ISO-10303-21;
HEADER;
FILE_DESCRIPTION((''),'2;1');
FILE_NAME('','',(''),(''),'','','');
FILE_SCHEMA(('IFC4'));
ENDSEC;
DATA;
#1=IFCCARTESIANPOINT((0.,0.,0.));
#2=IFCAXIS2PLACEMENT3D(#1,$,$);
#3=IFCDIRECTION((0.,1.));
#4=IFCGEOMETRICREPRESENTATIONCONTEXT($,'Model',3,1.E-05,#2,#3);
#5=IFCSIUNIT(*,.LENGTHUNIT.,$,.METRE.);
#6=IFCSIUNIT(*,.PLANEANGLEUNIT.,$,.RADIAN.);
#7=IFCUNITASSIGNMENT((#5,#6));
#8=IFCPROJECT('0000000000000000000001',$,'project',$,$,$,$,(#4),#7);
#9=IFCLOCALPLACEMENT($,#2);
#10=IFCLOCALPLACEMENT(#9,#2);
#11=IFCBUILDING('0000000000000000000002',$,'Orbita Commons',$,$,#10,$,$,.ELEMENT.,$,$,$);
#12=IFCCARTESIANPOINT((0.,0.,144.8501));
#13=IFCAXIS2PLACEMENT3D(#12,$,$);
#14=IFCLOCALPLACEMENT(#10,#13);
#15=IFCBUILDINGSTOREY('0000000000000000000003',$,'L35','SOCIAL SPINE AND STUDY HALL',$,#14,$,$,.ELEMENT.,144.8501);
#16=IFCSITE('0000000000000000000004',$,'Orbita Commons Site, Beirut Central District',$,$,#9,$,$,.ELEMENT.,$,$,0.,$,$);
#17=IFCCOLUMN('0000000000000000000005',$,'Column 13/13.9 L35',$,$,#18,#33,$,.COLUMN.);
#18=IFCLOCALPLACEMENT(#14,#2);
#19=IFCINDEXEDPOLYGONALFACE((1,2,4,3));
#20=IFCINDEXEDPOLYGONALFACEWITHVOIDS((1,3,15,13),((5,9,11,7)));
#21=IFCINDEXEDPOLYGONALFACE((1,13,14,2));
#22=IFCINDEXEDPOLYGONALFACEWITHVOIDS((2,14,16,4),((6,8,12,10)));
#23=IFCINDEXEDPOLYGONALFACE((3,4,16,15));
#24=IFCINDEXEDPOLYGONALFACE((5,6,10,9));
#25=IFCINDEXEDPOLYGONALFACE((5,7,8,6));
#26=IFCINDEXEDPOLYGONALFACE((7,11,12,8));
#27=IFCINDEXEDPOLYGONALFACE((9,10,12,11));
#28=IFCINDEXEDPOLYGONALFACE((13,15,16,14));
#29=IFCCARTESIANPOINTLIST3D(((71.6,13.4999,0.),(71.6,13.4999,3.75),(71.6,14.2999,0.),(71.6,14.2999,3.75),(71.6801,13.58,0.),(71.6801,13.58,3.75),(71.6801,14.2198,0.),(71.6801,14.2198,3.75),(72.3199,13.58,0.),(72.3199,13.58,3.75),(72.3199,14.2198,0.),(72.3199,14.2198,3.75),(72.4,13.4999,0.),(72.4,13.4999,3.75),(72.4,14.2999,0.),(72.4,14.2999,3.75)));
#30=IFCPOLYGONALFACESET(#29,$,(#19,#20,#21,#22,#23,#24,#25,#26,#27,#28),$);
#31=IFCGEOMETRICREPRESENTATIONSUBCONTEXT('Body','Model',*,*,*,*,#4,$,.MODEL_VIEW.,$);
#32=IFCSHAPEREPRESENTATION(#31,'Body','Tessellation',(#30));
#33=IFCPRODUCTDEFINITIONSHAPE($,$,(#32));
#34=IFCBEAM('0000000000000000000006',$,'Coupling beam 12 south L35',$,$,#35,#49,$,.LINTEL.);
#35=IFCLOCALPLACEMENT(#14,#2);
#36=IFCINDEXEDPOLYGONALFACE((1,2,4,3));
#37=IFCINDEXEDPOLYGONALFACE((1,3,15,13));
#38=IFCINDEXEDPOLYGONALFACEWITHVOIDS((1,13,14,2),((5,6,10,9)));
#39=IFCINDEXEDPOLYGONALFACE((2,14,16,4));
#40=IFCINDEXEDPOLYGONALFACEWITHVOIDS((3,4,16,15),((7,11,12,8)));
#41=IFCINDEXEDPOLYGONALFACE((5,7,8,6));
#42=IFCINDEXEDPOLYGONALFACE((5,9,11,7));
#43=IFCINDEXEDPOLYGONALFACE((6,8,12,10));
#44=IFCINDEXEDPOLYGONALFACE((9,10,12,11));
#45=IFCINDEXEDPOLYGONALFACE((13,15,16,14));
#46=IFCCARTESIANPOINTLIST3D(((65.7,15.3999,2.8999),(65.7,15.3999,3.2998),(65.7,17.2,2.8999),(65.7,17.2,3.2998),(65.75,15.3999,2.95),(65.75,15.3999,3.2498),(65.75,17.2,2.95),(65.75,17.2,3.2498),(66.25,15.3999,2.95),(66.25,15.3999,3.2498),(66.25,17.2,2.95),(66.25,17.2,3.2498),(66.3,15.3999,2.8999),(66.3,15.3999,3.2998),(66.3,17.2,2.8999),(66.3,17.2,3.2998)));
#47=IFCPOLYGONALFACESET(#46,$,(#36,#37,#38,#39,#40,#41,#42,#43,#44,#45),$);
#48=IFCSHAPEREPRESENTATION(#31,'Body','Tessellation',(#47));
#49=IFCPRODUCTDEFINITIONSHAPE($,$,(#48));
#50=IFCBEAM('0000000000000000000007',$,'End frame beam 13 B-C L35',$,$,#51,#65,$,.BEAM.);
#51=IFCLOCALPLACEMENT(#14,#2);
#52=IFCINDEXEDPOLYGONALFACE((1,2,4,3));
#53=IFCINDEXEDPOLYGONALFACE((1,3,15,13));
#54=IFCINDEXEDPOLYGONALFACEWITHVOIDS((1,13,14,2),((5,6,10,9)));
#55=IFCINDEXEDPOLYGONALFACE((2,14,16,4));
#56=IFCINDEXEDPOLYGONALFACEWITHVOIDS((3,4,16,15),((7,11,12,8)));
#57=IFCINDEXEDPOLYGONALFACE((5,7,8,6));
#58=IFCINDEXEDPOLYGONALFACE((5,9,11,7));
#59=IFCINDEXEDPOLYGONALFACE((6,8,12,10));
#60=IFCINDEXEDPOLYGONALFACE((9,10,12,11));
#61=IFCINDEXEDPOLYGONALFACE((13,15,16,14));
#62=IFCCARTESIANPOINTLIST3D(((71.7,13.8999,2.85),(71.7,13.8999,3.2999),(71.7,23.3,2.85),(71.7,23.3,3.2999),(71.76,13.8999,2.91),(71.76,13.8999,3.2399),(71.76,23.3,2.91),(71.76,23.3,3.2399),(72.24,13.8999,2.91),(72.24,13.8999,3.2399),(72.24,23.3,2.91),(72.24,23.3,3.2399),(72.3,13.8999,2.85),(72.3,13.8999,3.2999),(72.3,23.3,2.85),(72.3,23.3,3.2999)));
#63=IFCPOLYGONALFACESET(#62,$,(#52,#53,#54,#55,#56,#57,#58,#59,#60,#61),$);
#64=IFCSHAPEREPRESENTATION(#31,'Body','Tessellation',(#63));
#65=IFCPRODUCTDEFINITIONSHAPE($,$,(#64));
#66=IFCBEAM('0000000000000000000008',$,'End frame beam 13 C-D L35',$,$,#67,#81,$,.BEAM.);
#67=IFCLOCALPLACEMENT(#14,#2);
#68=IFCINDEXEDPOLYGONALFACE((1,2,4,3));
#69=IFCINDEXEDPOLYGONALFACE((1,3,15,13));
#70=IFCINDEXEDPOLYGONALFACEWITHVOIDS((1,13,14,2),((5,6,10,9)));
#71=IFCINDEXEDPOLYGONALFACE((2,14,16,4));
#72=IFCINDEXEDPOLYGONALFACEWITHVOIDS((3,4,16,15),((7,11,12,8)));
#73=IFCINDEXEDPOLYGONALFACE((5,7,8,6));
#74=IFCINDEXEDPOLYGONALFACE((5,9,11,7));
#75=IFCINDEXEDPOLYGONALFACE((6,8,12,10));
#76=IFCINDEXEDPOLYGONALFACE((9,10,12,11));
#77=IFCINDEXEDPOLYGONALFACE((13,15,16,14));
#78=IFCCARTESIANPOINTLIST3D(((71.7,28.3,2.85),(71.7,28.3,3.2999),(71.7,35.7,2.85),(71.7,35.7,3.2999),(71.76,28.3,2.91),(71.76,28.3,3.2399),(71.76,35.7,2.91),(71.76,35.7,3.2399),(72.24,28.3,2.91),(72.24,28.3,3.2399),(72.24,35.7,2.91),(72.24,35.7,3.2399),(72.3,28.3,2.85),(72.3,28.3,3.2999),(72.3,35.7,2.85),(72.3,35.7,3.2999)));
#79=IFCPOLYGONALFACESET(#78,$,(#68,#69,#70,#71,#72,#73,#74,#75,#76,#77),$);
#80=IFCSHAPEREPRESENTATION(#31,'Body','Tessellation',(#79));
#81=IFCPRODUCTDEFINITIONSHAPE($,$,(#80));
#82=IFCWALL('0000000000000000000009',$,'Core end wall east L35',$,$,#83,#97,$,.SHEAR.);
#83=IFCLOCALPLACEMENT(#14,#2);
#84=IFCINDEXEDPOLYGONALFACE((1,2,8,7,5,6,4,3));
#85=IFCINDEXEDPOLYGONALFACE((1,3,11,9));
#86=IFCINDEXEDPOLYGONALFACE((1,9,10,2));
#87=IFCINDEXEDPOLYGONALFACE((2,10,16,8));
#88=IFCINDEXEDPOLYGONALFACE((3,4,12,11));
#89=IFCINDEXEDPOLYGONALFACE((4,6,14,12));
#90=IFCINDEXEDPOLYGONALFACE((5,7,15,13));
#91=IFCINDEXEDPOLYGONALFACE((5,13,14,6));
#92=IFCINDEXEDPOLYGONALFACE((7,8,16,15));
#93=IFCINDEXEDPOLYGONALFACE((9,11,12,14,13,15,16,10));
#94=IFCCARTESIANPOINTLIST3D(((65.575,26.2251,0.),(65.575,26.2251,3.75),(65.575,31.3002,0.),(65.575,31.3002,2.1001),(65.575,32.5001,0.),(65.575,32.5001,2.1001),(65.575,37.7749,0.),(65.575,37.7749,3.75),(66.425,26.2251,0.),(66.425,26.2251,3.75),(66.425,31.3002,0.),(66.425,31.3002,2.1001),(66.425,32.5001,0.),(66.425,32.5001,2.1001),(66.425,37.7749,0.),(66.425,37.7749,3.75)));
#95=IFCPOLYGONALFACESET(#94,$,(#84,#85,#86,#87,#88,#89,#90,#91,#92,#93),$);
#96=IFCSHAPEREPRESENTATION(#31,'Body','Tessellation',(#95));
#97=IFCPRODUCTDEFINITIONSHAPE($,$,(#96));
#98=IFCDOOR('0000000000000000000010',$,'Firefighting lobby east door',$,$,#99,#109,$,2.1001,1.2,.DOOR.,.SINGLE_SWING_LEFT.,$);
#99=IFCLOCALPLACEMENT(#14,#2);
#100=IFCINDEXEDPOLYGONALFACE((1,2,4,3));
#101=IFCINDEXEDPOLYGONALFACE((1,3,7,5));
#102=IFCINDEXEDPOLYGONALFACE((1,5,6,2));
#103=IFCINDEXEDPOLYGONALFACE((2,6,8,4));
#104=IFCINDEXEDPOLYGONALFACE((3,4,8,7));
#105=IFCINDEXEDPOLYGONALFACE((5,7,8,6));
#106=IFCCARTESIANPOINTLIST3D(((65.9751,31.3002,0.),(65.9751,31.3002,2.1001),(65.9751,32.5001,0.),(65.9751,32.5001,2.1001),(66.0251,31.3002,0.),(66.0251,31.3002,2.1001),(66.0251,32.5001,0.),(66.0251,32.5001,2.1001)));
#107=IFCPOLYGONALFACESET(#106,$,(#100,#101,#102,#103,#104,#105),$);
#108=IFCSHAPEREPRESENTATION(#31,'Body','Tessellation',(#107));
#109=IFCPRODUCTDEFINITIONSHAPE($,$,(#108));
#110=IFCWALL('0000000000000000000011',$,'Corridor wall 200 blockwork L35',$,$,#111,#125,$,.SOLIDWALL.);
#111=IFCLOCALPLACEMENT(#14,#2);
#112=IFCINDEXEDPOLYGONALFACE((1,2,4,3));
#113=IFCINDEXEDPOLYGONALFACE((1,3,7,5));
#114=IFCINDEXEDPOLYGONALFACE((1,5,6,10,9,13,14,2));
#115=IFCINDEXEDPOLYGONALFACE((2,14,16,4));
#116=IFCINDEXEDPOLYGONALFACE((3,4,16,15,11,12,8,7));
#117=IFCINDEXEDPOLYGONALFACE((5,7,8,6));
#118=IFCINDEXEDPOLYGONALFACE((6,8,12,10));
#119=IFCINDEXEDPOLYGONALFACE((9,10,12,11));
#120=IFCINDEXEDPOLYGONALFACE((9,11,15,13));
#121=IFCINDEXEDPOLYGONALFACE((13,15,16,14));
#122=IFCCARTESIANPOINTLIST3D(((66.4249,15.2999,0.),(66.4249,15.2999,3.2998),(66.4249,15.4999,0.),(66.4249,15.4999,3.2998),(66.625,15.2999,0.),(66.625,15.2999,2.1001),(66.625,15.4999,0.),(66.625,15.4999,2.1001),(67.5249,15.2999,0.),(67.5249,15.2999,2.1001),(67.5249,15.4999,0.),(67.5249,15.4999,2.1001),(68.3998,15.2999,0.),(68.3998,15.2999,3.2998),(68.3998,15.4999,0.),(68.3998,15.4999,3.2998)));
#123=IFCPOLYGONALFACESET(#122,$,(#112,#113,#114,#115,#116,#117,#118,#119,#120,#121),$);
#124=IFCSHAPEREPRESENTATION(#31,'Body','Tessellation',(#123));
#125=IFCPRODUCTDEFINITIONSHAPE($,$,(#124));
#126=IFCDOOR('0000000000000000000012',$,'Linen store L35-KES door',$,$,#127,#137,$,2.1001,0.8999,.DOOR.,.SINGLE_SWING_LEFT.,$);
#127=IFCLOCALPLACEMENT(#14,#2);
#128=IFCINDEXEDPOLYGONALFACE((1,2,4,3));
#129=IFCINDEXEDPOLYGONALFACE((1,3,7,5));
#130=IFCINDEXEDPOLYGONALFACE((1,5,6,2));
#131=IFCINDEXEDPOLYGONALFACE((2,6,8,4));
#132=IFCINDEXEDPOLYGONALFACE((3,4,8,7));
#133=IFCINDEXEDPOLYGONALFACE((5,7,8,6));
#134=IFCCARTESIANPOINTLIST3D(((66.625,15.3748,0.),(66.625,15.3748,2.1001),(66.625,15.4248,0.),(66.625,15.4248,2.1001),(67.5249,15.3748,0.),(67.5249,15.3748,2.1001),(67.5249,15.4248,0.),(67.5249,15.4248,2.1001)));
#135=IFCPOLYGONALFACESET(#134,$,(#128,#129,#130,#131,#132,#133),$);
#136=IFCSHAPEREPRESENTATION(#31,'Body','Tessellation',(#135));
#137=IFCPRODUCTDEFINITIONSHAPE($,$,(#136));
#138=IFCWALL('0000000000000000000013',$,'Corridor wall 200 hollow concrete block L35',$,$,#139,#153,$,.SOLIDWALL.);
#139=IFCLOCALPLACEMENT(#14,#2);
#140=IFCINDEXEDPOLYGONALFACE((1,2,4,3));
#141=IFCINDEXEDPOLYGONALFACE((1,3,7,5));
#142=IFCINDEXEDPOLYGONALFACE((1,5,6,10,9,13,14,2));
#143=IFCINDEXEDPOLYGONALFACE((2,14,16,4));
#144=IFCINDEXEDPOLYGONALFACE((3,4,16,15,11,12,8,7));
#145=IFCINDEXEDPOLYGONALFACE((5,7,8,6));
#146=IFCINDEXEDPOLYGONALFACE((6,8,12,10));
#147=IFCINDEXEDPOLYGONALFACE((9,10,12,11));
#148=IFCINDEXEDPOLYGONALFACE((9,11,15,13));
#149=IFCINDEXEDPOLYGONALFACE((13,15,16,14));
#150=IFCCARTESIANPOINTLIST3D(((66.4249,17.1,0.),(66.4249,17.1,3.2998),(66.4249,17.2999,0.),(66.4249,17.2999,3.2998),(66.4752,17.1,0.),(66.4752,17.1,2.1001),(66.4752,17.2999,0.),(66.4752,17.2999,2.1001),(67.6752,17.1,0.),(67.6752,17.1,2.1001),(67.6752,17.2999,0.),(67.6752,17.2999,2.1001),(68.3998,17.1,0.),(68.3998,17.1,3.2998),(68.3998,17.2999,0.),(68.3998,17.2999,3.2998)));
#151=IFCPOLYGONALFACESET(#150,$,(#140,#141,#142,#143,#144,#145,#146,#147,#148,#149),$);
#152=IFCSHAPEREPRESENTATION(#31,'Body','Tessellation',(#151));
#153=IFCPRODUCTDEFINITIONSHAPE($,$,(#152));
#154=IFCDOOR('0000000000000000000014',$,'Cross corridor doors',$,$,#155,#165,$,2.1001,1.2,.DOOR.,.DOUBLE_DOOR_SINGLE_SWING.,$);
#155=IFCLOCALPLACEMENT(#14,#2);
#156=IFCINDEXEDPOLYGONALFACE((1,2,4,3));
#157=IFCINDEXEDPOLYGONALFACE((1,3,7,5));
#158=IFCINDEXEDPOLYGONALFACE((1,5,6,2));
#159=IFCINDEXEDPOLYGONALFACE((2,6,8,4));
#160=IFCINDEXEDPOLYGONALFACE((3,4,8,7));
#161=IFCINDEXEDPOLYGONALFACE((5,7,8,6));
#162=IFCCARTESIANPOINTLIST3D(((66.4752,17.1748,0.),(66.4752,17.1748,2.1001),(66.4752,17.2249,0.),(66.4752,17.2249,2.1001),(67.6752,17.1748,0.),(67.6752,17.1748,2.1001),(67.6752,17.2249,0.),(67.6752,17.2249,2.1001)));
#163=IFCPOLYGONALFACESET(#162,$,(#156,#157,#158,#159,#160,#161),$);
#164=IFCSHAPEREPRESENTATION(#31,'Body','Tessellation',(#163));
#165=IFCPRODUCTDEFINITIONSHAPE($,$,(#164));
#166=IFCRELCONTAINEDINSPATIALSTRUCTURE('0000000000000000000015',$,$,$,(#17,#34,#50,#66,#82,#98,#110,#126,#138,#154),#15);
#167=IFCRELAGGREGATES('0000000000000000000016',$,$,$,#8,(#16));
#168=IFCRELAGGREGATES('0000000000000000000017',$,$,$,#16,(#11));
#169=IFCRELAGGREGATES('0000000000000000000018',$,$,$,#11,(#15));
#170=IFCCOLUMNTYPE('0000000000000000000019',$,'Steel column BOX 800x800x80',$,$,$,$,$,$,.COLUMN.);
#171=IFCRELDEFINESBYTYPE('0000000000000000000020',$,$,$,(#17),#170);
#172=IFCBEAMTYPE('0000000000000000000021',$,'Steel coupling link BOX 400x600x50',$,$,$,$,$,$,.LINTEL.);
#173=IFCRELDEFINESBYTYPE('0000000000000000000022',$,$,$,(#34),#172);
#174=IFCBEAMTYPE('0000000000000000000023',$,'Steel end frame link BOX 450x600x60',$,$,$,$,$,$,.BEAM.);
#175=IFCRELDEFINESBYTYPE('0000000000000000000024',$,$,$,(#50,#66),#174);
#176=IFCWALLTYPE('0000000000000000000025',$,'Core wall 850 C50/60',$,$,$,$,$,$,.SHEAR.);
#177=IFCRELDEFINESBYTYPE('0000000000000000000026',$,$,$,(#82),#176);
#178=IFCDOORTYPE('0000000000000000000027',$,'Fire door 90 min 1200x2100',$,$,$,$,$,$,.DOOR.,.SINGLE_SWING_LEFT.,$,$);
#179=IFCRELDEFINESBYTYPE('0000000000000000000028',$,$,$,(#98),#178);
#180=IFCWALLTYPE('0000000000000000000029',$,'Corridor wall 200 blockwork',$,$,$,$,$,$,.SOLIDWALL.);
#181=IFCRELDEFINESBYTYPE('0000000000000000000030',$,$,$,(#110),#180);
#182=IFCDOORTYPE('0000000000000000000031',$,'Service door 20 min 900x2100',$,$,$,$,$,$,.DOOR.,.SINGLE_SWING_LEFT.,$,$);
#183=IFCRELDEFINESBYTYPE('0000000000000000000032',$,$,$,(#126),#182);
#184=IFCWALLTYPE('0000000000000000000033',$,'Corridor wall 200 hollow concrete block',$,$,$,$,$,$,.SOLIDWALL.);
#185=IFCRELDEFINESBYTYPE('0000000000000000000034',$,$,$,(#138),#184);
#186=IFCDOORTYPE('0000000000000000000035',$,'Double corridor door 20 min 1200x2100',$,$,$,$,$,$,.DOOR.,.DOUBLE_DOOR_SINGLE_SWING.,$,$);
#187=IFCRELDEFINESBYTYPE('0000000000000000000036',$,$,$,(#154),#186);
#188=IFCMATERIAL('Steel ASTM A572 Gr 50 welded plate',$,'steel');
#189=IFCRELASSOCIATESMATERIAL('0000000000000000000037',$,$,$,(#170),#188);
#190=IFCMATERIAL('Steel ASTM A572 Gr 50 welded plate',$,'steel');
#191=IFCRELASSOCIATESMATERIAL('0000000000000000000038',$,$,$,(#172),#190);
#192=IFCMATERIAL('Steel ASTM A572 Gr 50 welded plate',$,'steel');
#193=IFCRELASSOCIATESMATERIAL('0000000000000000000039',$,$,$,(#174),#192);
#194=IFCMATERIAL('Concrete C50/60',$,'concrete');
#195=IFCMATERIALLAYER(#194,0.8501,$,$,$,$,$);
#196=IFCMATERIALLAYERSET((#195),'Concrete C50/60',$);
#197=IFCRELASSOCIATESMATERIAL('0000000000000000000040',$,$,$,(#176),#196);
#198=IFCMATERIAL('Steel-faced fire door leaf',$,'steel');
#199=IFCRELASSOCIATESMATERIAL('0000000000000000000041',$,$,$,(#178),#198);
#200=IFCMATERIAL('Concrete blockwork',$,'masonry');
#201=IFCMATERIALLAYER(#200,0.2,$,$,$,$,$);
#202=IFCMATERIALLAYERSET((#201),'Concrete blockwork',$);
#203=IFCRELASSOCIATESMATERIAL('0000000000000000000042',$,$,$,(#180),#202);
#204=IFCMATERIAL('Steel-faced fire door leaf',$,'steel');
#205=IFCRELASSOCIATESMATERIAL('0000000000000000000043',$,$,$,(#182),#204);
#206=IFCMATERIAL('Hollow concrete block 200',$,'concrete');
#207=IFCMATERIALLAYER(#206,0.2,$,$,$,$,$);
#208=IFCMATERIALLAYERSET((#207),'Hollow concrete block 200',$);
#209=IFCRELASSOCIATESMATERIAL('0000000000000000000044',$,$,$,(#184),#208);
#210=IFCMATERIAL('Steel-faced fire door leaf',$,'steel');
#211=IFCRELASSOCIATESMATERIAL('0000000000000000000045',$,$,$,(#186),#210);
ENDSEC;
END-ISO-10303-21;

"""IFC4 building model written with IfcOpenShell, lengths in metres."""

from ifc_helpers import new_model, si_unit, direction, frame, frame_2d, origin, origin_2d, place, context, subcontext, project, spatial, rectangle, hollow_rectangle, extrude, material, layer, layer_set, material_profile, profile_set, type_object, element, fill, save


model = new_model("IFC4")

# Units and contexts
model_context = context("Model", 3, precision=1e-05, world=origin(), true_north=direction((0.0, 1.0)))
body_context = subcontext(model_context, "Body", "Model", "MODEL_VIEW")
ifc_project = project(units=[si_unit("LENGTHUNIT", "METRE"), si_unit("PLANEANGLEUNIT", "RADIAN")], contexts=[model_context])

# Site, building, storey
site_placement = place(None, origin())
site = spatial("IfcSite", under=ifc_project, at=site_placement, Name="Orbita Commons Site, Beirut Central District", CompositionType="ELEMENT", RefElevation=0.0)
building_placement = place(site_placement, origin())
building = spatial("IfcBuilding", under=site, at=building_placement, Name="Orbita Commons", CompositionType="ELEMENT")
storey_placement = place(building_placement, frame((0.0, 0.0, 144.8501)))
storey = spatial("IfcBuildingStorey", under=building, at=storey_placement, Name="L35", Description="SOCIAL SPINE AND STUDY HALL", CompositionType="ELEMENT", Elevation=144.8501)

# Column
ifc_material_1 = material(Name="Steel ASTM A572 Gr 50 welded plate", Category="steel")
ifc_material_profile_1 = material_profile(ifc_material_1, hollow_rectangle(XDim=0.8, YDim=0.8, WallThickness=0.0801, at=origin_2d()), Name="BOX 800x800x80")
ifc_profile_set_1 = profile_set([ifc_material_profile_1], Name="Steel ASTM A572 Gr 50 welded plate")
column_type = type_object("IfcColumnType", Name="Steel column BOX 800x800x80", PredefinedType="COLUMN", material=ifc_profile_set_1)
column_placement = place(storey_placement, frame((72.0, 13.8999, 0.0), z_axis=(0.0, 0.0, 1.0), x_axis=(1.0, 0.0, 0.0)))
element("IfcColumn", 1, at=column_placement, inside=storey, type_object=column_type, Name="Column 13/13.9 L35", PredefinedType="COLUMN", context=body_context, shape_type="SweptSolid", body=[
    extrude(hollow_rectangle(XDim=0.8, YDim=0.8, WallThickness=0.0801, at=origin_2d()), origin(), (0.0, 0.0, 1.0), 3.75),
])

# Beams
ifc_material_2 = material(Name="Steel ASTM A572 Gr 50 welded plate", Category="steel")
ifc_material_profile_2 = material_profile(ifc_material_2, hollow_rectangle(XDim=0.6001, YDim=0.3999, WallThickness=0.05, at=origin_2d()), Name="BOX 400x600x50")
ifc_profile_set_2 = profile_set([ifc_material_profile_2], Name="Steel ASTM A572 Gr 50 welded plate")
beam_type_1 = type_object("IfcBeamType", Name="Steel coupling link BOX 400x600x50", PredefinedType="LINTEL", material=ifc_profile_set_2)
beam_1_placement = place(storey_placement, frame((66.0, 15.3999, 3.0999), z_axis=(0.0, 1.0, 0.0), x_axis=(-1.0, 0.0, 0.0)))
element("IfcBeam", 2, at=beam_1_placement, inside=storey, type_object=beam_type_1, Name="Coupling beam 12 south L35", PredefinedType="LINTEL", context=body_context, shape_type="SweptSolid", body=[
    extrude(hollow_rectangle(XDim=0.6001, YDim=0.3999, WallThickness=0.05, at=origin_2d()), origin(), (0.0, 0.0, 1.0), 1.8),
])
ifc_material_3 = material(Name="Steel ASTM A572 Gr 50 welded plate", Category="steel")
ifc_material_profile_3 = material_profile(ifc_material_3, hollow_rectangle(XDim=0.6001, YDim=0.45, WallThickness=0.0601, at=origin_2d()), Name="BOX 450x600x60")
ifc_profile_set_3 = profile_set([ifc_material_profile_3], Name="Steel ASTM A572 Gr 50 welded plate")
beam_type_2 = type_object("IfcBeamType", Name="Steel end frame link BOX 450x600x60", PredefinedType="BEAM", material=ifc_profile_set_3)
beam_2_placement = place(storey_placement, frame((72.0, 13.8999, 3.075), z_axis=(0.0, 1.0, 0.0), x_axis=(-1.0, 0.0, 0.0)))
element("IfcBeam", 3, at=beam_2_placement, inside=storey, type_object=beam_type_2, Name="End frame beam 13 B-C L35", PredefinedType="BEAM", context=body_context, shape_type="SweptSolid", body=[
    extrude(hollow_rectangle(XDim=0.6001, YDim=0.45, WallThickness=0.0601, at=origin_2d()), origin(), (0.0, 0.0, 1.0), 9.4001),
])
beam_3_placement = place(storey_placement, frame((72.0, 28.3, 3.075), z_axis=(0.0, 1.0, 0.0), x_axis=(-1.0, 0.0, 0.0)))
element("IfcBeam", 4, at=beam_3_placement, inside=storey, type_object=beam_type_2, Name="End frame beam 13 C-D L35", PredefinedType="BEAM", context=body_context, shape_type="SweptSolid", body=[
    extrude(hollow_rectangle(XDim=0.6001, YDim=0.45, WallThickness=0.0601, at=origin_2d()), origin(), (0.0, 0.0, 1.0), 7.3999),
])

# Walls, openings, doors
ifc_material_4 = material(Name="Concrete C50/60", Category="concrete")
ifc_layer_1 = layer(ifc_material_4, 0.8501)
ifc_layer_set_1 = layer_set([ifc_layer_1], Name="Concrete C50/60")
wall_type_1 = type_object("IfcWallType", Name="Core wall 850 C50/60", PredefinedType="SHEAR", material=ifc_layer_set_1)
wall_1_placement = place(storey_placement, frame((66.0, 26.2251, 0.0), z_axis=(0.0, 0.0, 1.0), x_axis=(0.0, 1.0, 0.0)))
wall_1 = element("IfcWall", 5, at=wall_1_placement, inside=storey, type_object=wall_type_1, Name="Core end wall east L35", PredefinedType="SHEAR", context=body_context, shape_type="SweptSolid", body=[
    extrude(rectangle(XDim=11.5498, YDim=0.8501, at=frame_2d((5.7749, 0.0))), origin(), (0.0, 0.0, 1.0), 3.75),
])
opening_1_placement = place(wall_1_placement, frame((5.075, 0.0, 0.0)))
opening_1 = element("IfcOpeningElement", 6, at=opening_1_placement, cuts=wall_1, PredefinedType="OPENING", context=body_context, shape_type="SweptSolid", body=[
    extrude(rectangle(XDim=1.2, YDim=2.1001, at=frame_2d((0.6001, 1.05))), frame((0.0, 0.4351, 0.0), z_axis=(0.0, -1.0, 0.0), x_axis=(1.0, 0.0, 0.0)), (0.0, 0.0, 1.0), 0.8701),
])
ifc_material_5 = material(Name="Steel-faced fire door leaf", Category="steel")
door_type_1 = type_object("IfcDoorType", Name="Fire door 90 min 1200x2100", OperationType="SINGLE_SWING_LEFT", PredefinedType="DOOR", material=ifc_material_5)
door_1_placement = place(opening_1_placement, origin())
door_1 = element("IfcDoor", 7, at=door_1_placement, inside=storey, type_object=door_type_1, Name="Firefighting lobby east door", OperationType="SINGLE_SWING_LEFT", OverallHeight=2.1001, OverallWidth=1.2, PredefinedType="DOOR", context=body_context, shape_type="SweptSolid", body=[
    extrude(rectangle(XDim=1.2, YDim=2.1001, at=frame_2d((0.6001, 1.05))), frame((0.0, 0.0249, 0.0), z_axis=(0.0, -1.0, 0.0), x_axis=(1.0, 0.0, 0.0)), (0.0, 0.0, 1.0), 0.05),
])
fill(opening_1, door_1)
ifc_material_6 = material(Name="Concrete blockwork", Category="masonry")
ifc_layer_2 = layer(ifc_material_6, 0.2)
ifc_layer_set_2 = layer_set([ifc_layer_2], Name="Concrete blockwork")
wall_type_2 = type_object("IfcWallType", Name="Corridor wall 200 blockwork", PredefinedType="SOLIDWALL", material=ifc_layer_set_2)
wall_2_placement = place(storey_placement, frame((66.425, 15.3999, 0.0), z_axis=(0.0, 0.0, 1.0), x_axis=(1.0, 0.0, 0.0)))
wall_2 = element("IfcWall", 8, at=wall_2_placement, inside=storey, type_object=wall_type_2, Name="Corridor wall 200 blockwork L35", PredefinedType="SOLIDWALL", context=body_context, shape_type="SweptSolid", body=[
    extrude(rectangle(XDim=1.9749, YDim=0.2, at=frame_2d((0.9873, 0.0))), origin(), (0.0, 0.0, 1.0), 3.2998),
])
opening_2_placement = place(wall_2_placement, frame((0.2, 0.0, 0.0)))
opening_2 = element("IfcOpeningElement", 9, at=opening_2_placement, cuts=wall_2, PredefinedType="OPENING", context=body_context, shape_type="SweptSolid", body=[
    extrude(rectangle(XDim=0.8999, YDim=2.1001, at=frame_2d((0.45, 1.05))), frame((0.0, 0.1099, 0.0), z_axis=(0.0, -1.0, 0.0), x_axis=(1.0, 0.0, 0.0)), (0.0, 0.0, 1.0), 0.22),
])
ifc_material_7 = material(Name="Steel-faced fire door leaf", Category="steel")
door_type_2 = type_object("IfcDoorType", Name="Service door 20 min 900x2100", OperationType="SINGLE_SWING_LEFT", PredefinedType="DOOR", material=ifc_material_7)
door_2_placement = place(opening_2_placement, origin())
door_2 = element("IfcDoor", 10, at=door_2_placement, inside=storey, type_object=door_type_2, Name="Linen store L35-KES door", OperationType="SINGLE_SWING_LEFT", OverallHeight=2.1001, OverallWidth=0.8999, PredefinedType="DOOR", context=body_context, shape_type="SweptSolid", body=[
    extrude(rectangle(XDim=0.8999, YDim=2.1001, at=frame_2d((0.45, 1.05))), frame((0.0, 0.0249, 0.0), z_axis=(0.0, -1.0, 0.0), x_axis=(1.0, 0.0, 0.0)), (0.0, 0.0, 1.0), 0.05),
])
fill(opening_2, door_2)
ifc_material_8 = material(Name="Hollow concrete block 200", Category="concrete")
ifc_layer_3 = layer(ifc_material_8, 0.2)
ifc_layer_set_3 = layer_set([ifc_layer_3], Name="Hollow concrete block 200")
wall_type_3 = type_object("IfcWallType", Name="Corridor wall 200 hollow concrete block", PredefinedType="SOLIDWALL", material=ifc_layer_set_3)
wall_3_placement = place(storey_placement, frame((66.425, 17.2, 0.0), z_axis=(0.0, 0.0, 1.0), x_axis=(1.0, 0.0, 0.0)))
wall_3 = element("IfcWall", 11, at=wall_3_placement, inside=storey, type_object=wall_type_3, Name="Corridor wall 200 hollow concrete block L35", PredefinedType="SOLIDWALL", context=body_context, shape_type="SweptSolid", body=[
    extrude(rectangle(XDim=1.9749, YDim=0.2, at=frame_2d((0.9873, 0.0))), origin(), (0.0, 0.0, 1.0), 3.2998),
])
opening_3_placement = place(wall_3_placement, frame((0.05, 0.0, 0.0)))
opening_3 = element("IfcOpeningElement", 12, at=opening_3_placement, cuts=wall_3, PredefinedType="OPENING", context=body_context, shape_type="SweptSolid", body=[
    extrude(rectangle(XDim=1.2, YDim=2.1001, at=frame_2d((0.6001, 1.05))), frame((0.0, 0.1099, 0.0), z_axis=(0.0, -1.0, 0.0), x_axis=(1.0, 0.0, 0.0)), (0.0, 0.0, 1.0), 0.22),
])
ifc_material_9 = material(Name="Steel-faced fire door leaf", Category="steel")
door_type_3 = type_object("IfcDoorType", Name="Double corridor door 20 min 1200x2100", OperationType="DOUBLE_DOOR_SINGLE_SWING", PredefinedType="DOOR", material=ifc_material_9)
door_3_placement = place(opening_3_placement, origin())
door_3 = element("IfcDoor", 13, at=door_3_placement, inside=storey, type_object=door_type_3, Name="Cross corridor doors", OperationType="DOUBLE_DOOR_SINGLE_SWING", OverallHeight=2.1001, OverallWidth=1.2, PredefinedType="DOOR", context=body_context, shape_type="SweptSolid", body=[
    extrude(rectangle(XDim=1.2, YDim=2.1001, at=frame_2d((0.6001, 1.05))), frame((0.0, 0.0249, 0.0), z_axis=(0.0, -1.0, 0.0), x_axis=(1.0, 0.0, 0.0)), (0.0, 0.0, 1.0), 0.05),
])
fill(opening_3, door_3)

save(model, "model.ifc")
